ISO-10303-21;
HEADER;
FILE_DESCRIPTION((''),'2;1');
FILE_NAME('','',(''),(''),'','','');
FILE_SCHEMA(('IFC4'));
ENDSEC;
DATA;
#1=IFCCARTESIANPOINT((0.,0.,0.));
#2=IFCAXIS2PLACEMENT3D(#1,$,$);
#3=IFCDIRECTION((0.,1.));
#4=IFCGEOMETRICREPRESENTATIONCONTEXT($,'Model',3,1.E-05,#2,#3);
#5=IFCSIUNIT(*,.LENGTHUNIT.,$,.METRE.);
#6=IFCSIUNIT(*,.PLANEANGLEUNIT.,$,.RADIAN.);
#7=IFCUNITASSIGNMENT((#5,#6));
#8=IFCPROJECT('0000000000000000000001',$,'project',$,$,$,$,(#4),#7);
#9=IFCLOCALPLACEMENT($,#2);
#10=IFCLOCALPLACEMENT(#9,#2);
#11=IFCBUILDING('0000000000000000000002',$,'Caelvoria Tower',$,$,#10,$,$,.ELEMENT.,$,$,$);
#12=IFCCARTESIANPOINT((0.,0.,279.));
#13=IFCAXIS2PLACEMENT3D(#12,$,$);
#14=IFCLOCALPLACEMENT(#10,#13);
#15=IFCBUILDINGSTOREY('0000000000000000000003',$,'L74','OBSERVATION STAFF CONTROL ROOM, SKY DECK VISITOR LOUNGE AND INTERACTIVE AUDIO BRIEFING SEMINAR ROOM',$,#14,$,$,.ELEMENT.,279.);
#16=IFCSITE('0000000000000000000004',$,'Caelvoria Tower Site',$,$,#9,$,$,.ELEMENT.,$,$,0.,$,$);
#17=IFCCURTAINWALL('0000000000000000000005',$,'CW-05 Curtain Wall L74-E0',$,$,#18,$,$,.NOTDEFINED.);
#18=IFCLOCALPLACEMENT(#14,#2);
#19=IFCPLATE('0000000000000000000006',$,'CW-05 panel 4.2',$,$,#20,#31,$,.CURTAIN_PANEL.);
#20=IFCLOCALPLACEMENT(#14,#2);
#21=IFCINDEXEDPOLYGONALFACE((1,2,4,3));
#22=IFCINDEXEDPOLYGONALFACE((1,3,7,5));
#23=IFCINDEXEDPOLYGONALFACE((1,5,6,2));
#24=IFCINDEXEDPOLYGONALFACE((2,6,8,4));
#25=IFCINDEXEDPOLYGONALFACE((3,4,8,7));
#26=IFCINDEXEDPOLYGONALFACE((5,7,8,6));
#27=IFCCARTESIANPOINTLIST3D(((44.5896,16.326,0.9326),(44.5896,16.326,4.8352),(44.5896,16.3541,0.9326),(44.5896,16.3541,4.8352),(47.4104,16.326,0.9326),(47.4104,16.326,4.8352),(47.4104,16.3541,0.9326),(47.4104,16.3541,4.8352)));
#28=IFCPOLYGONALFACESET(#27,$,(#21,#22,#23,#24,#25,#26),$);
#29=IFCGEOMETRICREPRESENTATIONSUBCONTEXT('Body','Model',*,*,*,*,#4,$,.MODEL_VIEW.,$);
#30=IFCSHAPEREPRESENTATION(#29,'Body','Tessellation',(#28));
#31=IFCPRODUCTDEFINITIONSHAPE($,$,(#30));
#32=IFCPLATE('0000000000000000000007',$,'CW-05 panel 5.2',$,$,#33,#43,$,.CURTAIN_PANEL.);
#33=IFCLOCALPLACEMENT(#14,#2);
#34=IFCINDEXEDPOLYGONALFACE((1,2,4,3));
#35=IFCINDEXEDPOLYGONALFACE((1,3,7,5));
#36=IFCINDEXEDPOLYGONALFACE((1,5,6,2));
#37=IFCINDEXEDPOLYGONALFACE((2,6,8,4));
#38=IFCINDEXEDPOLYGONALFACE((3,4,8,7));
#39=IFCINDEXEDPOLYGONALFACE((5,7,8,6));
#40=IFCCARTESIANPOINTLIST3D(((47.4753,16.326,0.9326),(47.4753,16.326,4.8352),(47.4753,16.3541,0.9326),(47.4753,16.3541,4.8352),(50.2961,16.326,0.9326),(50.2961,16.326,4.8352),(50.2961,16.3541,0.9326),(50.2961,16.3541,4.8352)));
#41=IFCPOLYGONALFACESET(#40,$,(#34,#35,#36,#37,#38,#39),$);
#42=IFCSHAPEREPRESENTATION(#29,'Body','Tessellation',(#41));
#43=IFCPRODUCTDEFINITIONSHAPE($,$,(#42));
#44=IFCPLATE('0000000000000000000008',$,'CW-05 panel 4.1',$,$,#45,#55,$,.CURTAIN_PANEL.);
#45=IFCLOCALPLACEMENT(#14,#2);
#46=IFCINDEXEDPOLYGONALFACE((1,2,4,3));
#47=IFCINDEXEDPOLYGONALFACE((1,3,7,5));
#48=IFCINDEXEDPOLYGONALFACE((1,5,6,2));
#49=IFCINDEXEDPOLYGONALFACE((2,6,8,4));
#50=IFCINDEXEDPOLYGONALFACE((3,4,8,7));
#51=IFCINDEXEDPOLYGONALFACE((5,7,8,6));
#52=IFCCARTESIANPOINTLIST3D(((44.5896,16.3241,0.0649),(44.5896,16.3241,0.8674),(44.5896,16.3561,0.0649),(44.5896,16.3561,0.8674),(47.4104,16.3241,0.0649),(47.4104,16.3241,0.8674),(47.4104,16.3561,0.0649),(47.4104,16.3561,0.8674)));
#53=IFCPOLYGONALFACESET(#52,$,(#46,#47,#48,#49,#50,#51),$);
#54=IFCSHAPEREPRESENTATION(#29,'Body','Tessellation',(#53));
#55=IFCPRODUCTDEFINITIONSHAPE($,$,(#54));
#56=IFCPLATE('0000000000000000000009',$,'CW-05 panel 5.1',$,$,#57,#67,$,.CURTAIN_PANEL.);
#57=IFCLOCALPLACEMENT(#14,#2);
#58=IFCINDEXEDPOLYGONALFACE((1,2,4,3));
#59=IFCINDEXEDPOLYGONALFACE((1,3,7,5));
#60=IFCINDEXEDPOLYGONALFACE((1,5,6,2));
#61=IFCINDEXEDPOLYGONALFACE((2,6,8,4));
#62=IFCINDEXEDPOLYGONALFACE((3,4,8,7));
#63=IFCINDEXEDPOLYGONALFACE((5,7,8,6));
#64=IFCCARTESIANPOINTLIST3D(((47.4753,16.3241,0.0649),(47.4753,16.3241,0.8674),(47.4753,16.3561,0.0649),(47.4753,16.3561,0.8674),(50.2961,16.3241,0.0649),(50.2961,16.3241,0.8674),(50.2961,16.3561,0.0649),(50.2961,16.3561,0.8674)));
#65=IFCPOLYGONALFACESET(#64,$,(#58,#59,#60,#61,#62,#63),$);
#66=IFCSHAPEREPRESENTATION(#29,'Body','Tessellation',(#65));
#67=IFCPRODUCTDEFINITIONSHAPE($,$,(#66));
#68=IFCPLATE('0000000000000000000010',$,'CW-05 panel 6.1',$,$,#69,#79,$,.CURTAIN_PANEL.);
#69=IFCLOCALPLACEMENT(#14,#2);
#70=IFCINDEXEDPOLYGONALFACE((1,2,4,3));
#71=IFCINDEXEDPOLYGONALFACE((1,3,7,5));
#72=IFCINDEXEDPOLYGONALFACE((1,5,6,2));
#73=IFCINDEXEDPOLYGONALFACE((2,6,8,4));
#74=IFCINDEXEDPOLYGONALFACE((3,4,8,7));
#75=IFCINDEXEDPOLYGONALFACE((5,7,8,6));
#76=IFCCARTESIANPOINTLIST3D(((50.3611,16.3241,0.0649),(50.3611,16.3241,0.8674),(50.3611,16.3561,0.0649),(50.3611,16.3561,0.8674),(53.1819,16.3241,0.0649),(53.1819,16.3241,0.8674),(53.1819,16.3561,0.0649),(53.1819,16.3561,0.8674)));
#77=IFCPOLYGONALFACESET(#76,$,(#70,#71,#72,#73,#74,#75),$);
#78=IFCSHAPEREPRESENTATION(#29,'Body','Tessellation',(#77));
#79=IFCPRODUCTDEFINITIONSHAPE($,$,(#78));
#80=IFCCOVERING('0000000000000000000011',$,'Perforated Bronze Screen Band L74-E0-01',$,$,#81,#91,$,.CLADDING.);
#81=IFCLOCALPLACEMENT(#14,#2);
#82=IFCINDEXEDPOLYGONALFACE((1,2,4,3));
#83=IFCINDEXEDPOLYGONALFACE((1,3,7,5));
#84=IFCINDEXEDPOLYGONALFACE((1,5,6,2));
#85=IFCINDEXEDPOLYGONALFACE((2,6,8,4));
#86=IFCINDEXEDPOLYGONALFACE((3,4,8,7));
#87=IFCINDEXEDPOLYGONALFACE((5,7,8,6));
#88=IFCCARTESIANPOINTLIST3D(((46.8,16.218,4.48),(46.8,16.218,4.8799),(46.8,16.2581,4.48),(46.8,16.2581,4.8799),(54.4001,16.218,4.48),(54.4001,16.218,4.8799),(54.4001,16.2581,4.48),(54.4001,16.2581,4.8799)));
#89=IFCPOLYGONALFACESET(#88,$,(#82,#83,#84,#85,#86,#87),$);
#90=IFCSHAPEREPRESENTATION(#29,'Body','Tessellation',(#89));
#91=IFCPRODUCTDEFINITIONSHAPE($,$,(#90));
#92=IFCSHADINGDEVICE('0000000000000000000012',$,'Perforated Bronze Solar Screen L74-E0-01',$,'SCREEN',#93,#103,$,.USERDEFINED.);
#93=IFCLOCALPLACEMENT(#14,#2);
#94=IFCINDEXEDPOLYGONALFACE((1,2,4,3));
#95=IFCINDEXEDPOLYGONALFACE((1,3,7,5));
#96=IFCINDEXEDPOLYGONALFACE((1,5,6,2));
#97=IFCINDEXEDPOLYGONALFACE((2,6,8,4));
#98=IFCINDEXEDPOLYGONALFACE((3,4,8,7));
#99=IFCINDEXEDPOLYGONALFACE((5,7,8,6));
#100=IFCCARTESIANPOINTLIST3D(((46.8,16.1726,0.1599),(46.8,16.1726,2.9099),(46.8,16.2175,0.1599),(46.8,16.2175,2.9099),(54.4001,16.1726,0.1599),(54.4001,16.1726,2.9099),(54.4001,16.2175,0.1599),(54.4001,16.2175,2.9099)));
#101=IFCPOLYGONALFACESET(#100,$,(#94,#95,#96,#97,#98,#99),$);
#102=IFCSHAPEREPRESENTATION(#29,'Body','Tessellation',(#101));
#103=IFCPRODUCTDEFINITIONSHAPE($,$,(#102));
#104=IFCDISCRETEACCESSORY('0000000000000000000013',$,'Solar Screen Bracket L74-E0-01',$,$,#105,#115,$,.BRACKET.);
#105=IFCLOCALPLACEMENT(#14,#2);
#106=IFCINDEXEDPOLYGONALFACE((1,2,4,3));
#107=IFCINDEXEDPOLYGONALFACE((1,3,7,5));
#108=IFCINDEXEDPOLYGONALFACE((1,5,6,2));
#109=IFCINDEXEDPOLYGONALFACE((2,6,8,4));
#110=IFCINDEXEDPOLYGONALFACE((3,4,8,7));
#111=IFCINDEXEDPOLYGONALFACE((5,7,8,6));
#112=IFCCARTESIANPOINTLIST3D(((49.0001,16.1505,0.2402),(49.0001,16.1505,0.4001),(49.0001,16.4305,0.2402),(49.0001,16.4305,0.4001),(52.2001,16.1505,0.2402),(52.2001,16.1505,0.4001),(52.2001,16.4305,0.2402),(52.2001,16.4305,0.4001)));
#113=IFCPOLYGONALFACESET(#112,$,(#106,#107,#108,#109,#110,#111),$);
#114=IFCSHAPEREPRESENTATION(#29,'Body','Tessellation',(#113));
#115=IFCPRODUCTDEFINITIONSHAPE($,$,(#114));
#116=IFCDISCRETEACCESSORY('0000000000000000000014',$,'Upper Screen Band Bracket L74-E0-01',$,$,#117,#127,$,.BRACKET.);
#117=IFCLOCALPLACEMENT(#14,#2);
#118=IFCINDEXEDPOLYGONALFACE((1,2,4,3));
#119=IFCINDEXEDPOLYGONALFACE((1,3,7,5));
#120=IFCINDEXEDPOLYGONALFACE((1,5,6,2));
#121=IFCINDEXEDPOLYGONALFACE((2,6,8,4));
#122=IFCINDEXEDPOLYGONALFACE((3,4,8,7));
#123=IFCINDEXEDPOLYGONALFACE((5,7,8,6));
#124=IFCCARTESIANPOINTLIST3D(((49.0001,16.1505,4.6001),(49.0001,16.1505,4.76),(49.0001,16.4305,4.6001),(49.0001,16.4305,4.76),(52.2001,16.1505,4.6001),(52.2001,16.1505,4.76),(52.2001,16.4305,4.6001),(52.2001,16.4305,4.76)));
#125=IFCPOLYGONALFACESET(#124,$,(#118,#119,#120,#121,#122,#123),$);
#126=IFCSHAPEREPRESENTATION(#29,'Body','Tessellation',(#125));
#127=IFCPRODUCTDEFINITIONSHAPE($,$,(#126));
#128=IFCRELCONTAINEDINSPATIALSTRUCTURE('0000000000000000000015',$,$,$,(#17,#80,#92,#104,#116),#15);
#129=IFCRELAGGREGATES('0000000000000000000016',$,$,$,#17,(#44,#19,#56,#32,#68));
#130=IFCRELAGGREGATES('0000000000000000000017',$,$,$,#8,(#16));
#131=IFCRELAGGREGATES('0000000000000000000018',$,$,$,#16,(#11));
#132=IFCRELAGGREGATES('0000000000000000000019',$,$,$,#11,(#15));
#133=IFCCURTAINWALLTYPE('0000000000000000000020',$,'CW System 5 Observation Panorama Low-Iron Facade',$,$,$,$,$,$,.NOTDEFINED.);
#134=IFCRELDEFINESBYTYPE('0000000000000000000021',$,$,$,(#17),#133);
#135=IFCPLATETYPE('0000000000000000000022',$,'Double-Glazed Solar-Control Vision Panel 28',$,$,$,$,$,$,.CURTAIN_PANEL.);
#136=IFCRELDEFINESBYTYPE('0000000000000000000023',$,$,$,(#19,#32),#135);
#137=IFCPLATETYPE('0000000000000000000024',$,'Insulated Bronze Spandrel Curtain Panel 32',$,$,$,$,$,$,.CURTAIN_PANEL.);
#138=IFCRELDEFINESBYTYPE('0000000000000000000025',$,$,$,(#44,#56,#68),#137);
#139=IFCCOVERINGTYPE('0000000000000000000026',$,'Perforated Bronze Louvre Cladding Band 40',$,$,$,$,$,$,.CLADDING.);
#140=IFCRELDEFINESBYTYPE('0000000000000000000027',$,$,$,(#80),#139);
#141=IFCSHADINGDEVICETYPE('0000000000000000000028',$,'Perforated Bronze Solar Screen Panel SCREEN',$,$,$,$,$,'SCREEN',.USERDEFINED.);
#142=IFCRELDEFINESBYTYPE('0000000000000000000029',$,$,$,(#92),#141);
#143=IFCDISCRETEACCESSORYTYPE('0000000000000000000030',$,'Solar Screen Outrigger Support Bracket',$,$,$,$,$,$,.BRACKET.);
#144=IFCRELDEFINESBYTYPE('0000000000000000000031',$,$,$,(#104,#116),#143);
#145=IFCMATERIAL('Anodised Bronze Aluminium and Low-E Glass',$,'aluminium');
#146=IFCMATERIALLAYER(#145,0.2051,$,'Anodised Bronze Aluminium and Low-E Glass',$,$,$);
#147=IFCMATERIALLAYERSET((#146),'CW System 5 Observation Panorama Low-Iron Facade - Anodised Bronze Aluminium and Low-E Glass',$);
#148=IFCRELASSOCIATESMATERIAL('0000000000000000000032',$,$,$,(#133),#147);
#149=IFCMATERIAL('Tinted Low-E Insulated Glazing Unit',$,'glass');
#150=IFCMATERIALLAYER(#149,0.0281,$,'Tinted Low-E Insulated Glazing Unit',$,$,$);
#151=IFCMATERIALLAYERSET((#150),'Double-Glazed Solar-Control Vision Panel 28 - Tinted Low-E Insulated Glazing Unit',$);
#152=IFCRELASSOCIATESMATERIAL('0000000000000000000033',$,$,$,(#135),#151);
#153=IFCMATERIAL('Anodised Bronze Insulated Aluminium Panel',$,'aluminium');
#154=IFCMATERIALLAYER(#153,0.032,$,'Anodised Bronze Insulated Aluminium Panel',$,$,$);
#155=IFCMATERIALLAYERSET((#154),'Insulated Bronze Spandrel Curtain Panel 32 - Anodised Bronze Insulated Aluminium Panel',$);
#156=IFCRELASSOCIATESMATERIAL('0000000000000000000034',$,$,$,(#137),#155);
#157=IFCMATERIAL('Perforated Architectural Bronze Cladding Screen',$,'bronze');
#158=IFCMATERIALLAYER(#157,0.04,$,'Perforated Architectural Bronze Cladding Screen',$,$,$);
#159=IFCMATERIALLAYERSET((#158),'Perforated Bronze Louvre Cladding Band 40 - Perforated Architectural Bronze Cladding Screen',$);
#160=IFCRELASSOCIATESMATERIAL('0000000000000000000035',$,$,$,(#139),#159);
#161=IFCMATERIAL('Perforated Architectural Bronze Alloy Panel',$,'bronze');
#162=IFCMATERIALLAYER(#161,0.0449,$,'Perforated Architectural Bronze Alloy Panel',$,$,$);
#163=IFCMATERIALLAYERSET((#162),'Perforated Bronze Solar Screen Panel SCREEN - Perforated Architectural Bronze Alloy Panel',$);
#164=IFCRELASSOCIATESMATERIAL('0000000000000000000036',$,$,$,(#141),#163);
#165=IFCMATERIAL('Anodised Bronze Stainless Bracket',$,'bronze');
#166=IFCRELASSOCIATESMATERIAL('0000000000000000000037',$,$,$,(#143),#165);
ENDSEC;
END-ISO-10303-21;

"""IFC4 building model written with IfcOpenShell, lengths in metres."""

from ifc_helpers import new_model, si_unit, direction, frame, origin, origin_2d, place, context, subcontext, project, spatial, rectangle, extrude, material, layer, layer_set, type_object, element, aggregate, save


model = new_model("IFC4")

# Units and contexts
model_context = context("Model", 3, precision=1e-05, world=origin(), true_north=direction((0.0, 1.0)))
body_context = subcontext(model_context, "Body", "Model", "MODEL_VIEW")
ifc_project = project(units=[si_unit("LENGTHUNIT", "METRE"), si_unit("PLANEANGLEUNIT", "RADIAN")], contexts=[model_context])

# Site, building, storey
site_placement = place(None, origin())
site = spatial("IfcSite", under=ifc_project, at=site_placement, Name="Caelvoria Tower Site", CompositionType="ELEMENT", RefElevation=0.0)
building_placement = place(site_placement, origin())
building = spatial("IfcBuilding", under=site, at=building_placement, Name="Caelvoria Tower", CompositionType="ELEMENT")
storey_placement = place(building_placement, frame((0.0, 0.0, 279.0)))
storey = spatial("IfcBuildingStorey", under=building, at=storey_placement, Name="L74", Description="OBSERVATION STAFF CONTROL ROOM, SKY DECK VISITOR LOUNGE AND INTERACTIVE AUDIO BRIEFING SEMINAR ROOM", CompositionType="ELEMENT", Elevation=279.0)

# Curtain wall
ifc_material_1 = material(Name="Anodised Bronze Aluminium and Low-E Glass", Category="aluminium")
ifc_layer_1 = layer(ifc_material_1, 0.2051, Name="Anodised Bronze Aluminium and Low-E Glass")
ifc_layer_set_1 = layer_set([ifc_layer_1], Name="CW System 5 Observation Panorama Low-Iron Facade - Anodised Bronze Aluminium and Low-E Glass")
curtain_wall_type = type_object("IfcCurtainWallType", Name="CW System 5 Observation Panorama Low-Iron Facade", PredefinedType="NOTDEFINED", material=ifc_layer_set_1)
curtain_wall_1_placement = place(storey_placement, origin())
curtain_wall_1 = element("IfcCurtainWall", 1, at=curtain_wall_1_placement, inside=storey, type_object=curtain_wall_type, Name="CW-05 Curtain Wall L74-E0", PredefinedType="NOTDEFINED")

# Plates
ifc_material_2 = material(Name="Tinted Low-E Insulated Glazing Unit", Category="glass")
ifc_layer_2 = layer(ifc_material_2, 0.0281, Name="Tinted Low-E Insulated Glazing Unit")
ifc_layer_set_2 = layer_set([ifc_layer_2], Name="Double-Glazed Solar-Control Vision Panel 28 - Tinted Low-E Insulated Glazing Unit")
plate_type_1 = type_object("IfcPlateType", Name="Double-Glazed Solar-Control Vision Panel 28", PredefinedType="CURTAIN_PANEL", material=ifc_layer_set_2)
plate_1_placement = place(storey_placement, frame((46.0, 16.3401, 0.9326), z_axis=(0.0, 0.0, 1.0), x_axis=(1.0, 0.0, 0.0)))
plate_1 = element("IfcPlate", 2, at=plate_1_placement, type_object=plate_type_1, Name="CW-05 panel 4.2", PredefinedType="CURTAIN_PANEL", context=body_context, shape_type="SweptSolid", body=[
    extrude(rectangle(XDim=2.8208, YDim=0.0281, at=origin_2d()), origin(), (0.0, 0.0, 1.0), 3.9026),
])
plate_2_placement = place(storey_placement, frame((48.8857, 16.3401, 0.9326), z_axis=(0.0, 0.0, 1.0), x_axis=(1.0, 0.0, 0.0)))
plate_2 = element("IfcPlate", 3, at=plate_2_placement, type_object=plate_type_1, Name="CW-05 panel 5.2", PredefinedType="CURTAIN_PANEL", context=body_context, shape_type="SweptSolid", body=[
    extrude(rectangle(XDim=2.8208, YDim=0.0281, at=origin_2d()), origin(), (0.0, 0.0, 1.0), 3.9026),
])
ifc_material_3 = material(Name="Anodised Bronze Insulated Aluminium Panel", Category="aluminium")
ifc_layer_3 = layer(ifc_material_3, 0.032, Name="Anodised Bronze Insulated Aluminium Panel")
ifc_layer_set_3 = layer_set([ifc_layer_3], Name="Insulated Bronze Spandrel Curtain Panel 32 - Anodised Bronze Insulated Aluminium Panel")
plate_type_2 = type_object("IfcPlateType", Name="Insulated Bronze Spandrel Curtain Panel 32", PredefinedType="CURTAIN_PANEL", material=ifc_layer_set_3)
plate_3_placement = place(storey_placement, frame((46.0, 16.3401, 0.0649), z_axis=(0.0, 0.0, 1.0), x_axis=(1.0, 0.0, 0.0)))
plate_3 = element("IfcPlate", 4, at=plate_3_placement, type_object=plate_type_2, Name="CW-05 panel 4.1", PredefinedType="CURTAIN_PANEL", context=body_context, shape_type="SweptSolid", body=[
    extrude(rectangle(XDim=2.8208, YDim=0.032, at=origin_2d()), origin(), (0.0, 0.0, 1.0), 0.8025),
])
plate_4_placement = place(storey_placement, frame((48.8857, 16.3401, 0.0649), z_axis=(0.0, 0.0, 1.0), x_axis=(1.0, 0.0, 0.0)))
plate_4 = element("IfcPlate", 5, at=plate_4_placement, type_object=plate_type_2, Name="CW-05 panel 5.1", PredefinedType="CURTAIN_PANEL", context=body_context, shape_type="SweptSolid", body=[
    extrude(rectangle(XDim=2.8208, YDim=0.032, at=origin_2d()), origin(), (0.0, 0.0, 1.0), 0.8025),
])
plate_5_placement = place(storey_placement, frame((51.7715, 16.3401, 0.0649), z_axis=(0.0, 0.0, 1.0), x_axis=(1.0, 0.0, 0.0)))
plate_5 = element("IfcPlate", 6, at=plate_5_placement, type_object=plate_type_2, Name="CW-05 panel 6.1", PredefinedType="CURTAIN_PANEL", context=body_context, shape_type="SweptSolid", body=[
    extrude(rectangle(XDim=2.8208, YDim=0.032, at=origin_2d()), origin(), (0.0, 0.0, 1.0), 0.8025),
])
aggregate(curtain_wall_1, [plate_3, plate_1, plate_4, plate_2, plate_5])

# Covering
ifc_material_4 = material(Name="Perforated Architectural Bronze Cladding Screen", Category="bronze")
ifc_layer_4 = layer(ifc_material_4, 0.04, Name="Perforated Architectural Bronze Cladding Screen")
ifc_layer_set_4 = layer_set([ifc_layer_4], Name="Perforated Bronze Louvre Cladding Band 40 - Perforated Architectural Bronze Cladding Screen")
covering_type = type_object("IfcCoveringType", Name="Perforated Bronze Louvre Cladding Band 40", PredefinedType="CLADDING", material=ifc_layer_set_4)
covering_placement = place(storey_placement, frame((50.6001, 16.238, 4.48), z_axis=(0.0, 0.0, 1.0), x_axis=(1.0, 0.0, 0.0)))
element("IfcCovering", 7, at=covering_placement, inside=storey, type_object=covering_type, Name="Perforated Bronze Screen Band L74-E0-01", PredefinedType="CLADDING", context=body_context, shape_type="SweptSolid", body=[
    extrude(rectangle(XDim=7.6001, YDim=0.04, at=origin_2d()), origin(), (0.0, 0.0, 1.0), 0.3999),
])

# Shading device
ifc_material_5 = material(Name="Perforated Architectural Bronze Alloy Panel", Category="bronze")
ifc_layer_5 = layer(ifc_material_5, 0.0449, Name="Perforated Architectural Bronze Alloy Panel")
ifc_layer_set_5 = layer_set([ifc_layer_5], Name="Perforated Bronze Solar Screen Panel SCREEN - Perforated Architectural Bronze Alloy Panel")
shading_device_type = type_object("IfcShadingDeviceType", Name="Perforated Bronze Solar Screen Panel SCREEN", ElementType="SCREEN", PredefinedType="USERDEFINED", material=ifc_layer_set_5)
shading_device_placement = place(storey_placement, frame((50.6001, 16.1951, 0.1599), z_axis=(0.0, 0.0, 1.0), x_axis=(1.0, 0.0, 0.0)))
element("IfcShadingDevice", 8, at=shading_device_placement, inside=storey, type_object=shading_device_type, Name="Perforated Bronze Solar Screen L74-E0-01", ObjectType="SCREEN", PredefinedType="USERDEFINED", context=body_context, shape_type="SweptSolid", body=[
    extrude(rectangle(XDim=7.6001, YDim=0.0449, at=origin_2d()), origin(), (0.0, 0.0, 1.0), 2.75),
])

# Discrete accessories
ifc_material_6 = material(Name="Anodised Bronze Stainless Bracket", Category="bronze")
discrete_accessory_type = type_object("IfcDiscreteAccessoryType", Name="Solar Screen Outrigger Support Bracket", PredefinedType="BRACKET", material=ifc_material_6)
for number, where, z_axis, x_axis, name in (
    (9, (50.6001, 16.2905, 0.2402), (0.0, 0.0, 1.0), (1.0, 0.0, 0.0), "Solar Screen Bracket L74-E0-01"),
    (10, (50.6001, 16.2905, 4.6001), (0.0, 0.0, 1.0), (1.0, 0.0, 0.0), "Upper Screen Band Bracket L74-E0-01"),
):
    element("IfcDiscreteAccessory", number, at=place(storey_placement, frame(where, z_axis=z_axis, x_axis=x_axis)), inside=storey, type_object=discrete_accessory_type, Name=name, PredefinedType="BRACKET", context=body_context, shape_type="SweptSolid", body=[
        extrude(rectangle(XDim=3.2, YDim=0.28, at=origin_2d()), origin(), (0.0, 0.0, 1.0), 0.1599),
    ])

save(model, "model.ifc")
